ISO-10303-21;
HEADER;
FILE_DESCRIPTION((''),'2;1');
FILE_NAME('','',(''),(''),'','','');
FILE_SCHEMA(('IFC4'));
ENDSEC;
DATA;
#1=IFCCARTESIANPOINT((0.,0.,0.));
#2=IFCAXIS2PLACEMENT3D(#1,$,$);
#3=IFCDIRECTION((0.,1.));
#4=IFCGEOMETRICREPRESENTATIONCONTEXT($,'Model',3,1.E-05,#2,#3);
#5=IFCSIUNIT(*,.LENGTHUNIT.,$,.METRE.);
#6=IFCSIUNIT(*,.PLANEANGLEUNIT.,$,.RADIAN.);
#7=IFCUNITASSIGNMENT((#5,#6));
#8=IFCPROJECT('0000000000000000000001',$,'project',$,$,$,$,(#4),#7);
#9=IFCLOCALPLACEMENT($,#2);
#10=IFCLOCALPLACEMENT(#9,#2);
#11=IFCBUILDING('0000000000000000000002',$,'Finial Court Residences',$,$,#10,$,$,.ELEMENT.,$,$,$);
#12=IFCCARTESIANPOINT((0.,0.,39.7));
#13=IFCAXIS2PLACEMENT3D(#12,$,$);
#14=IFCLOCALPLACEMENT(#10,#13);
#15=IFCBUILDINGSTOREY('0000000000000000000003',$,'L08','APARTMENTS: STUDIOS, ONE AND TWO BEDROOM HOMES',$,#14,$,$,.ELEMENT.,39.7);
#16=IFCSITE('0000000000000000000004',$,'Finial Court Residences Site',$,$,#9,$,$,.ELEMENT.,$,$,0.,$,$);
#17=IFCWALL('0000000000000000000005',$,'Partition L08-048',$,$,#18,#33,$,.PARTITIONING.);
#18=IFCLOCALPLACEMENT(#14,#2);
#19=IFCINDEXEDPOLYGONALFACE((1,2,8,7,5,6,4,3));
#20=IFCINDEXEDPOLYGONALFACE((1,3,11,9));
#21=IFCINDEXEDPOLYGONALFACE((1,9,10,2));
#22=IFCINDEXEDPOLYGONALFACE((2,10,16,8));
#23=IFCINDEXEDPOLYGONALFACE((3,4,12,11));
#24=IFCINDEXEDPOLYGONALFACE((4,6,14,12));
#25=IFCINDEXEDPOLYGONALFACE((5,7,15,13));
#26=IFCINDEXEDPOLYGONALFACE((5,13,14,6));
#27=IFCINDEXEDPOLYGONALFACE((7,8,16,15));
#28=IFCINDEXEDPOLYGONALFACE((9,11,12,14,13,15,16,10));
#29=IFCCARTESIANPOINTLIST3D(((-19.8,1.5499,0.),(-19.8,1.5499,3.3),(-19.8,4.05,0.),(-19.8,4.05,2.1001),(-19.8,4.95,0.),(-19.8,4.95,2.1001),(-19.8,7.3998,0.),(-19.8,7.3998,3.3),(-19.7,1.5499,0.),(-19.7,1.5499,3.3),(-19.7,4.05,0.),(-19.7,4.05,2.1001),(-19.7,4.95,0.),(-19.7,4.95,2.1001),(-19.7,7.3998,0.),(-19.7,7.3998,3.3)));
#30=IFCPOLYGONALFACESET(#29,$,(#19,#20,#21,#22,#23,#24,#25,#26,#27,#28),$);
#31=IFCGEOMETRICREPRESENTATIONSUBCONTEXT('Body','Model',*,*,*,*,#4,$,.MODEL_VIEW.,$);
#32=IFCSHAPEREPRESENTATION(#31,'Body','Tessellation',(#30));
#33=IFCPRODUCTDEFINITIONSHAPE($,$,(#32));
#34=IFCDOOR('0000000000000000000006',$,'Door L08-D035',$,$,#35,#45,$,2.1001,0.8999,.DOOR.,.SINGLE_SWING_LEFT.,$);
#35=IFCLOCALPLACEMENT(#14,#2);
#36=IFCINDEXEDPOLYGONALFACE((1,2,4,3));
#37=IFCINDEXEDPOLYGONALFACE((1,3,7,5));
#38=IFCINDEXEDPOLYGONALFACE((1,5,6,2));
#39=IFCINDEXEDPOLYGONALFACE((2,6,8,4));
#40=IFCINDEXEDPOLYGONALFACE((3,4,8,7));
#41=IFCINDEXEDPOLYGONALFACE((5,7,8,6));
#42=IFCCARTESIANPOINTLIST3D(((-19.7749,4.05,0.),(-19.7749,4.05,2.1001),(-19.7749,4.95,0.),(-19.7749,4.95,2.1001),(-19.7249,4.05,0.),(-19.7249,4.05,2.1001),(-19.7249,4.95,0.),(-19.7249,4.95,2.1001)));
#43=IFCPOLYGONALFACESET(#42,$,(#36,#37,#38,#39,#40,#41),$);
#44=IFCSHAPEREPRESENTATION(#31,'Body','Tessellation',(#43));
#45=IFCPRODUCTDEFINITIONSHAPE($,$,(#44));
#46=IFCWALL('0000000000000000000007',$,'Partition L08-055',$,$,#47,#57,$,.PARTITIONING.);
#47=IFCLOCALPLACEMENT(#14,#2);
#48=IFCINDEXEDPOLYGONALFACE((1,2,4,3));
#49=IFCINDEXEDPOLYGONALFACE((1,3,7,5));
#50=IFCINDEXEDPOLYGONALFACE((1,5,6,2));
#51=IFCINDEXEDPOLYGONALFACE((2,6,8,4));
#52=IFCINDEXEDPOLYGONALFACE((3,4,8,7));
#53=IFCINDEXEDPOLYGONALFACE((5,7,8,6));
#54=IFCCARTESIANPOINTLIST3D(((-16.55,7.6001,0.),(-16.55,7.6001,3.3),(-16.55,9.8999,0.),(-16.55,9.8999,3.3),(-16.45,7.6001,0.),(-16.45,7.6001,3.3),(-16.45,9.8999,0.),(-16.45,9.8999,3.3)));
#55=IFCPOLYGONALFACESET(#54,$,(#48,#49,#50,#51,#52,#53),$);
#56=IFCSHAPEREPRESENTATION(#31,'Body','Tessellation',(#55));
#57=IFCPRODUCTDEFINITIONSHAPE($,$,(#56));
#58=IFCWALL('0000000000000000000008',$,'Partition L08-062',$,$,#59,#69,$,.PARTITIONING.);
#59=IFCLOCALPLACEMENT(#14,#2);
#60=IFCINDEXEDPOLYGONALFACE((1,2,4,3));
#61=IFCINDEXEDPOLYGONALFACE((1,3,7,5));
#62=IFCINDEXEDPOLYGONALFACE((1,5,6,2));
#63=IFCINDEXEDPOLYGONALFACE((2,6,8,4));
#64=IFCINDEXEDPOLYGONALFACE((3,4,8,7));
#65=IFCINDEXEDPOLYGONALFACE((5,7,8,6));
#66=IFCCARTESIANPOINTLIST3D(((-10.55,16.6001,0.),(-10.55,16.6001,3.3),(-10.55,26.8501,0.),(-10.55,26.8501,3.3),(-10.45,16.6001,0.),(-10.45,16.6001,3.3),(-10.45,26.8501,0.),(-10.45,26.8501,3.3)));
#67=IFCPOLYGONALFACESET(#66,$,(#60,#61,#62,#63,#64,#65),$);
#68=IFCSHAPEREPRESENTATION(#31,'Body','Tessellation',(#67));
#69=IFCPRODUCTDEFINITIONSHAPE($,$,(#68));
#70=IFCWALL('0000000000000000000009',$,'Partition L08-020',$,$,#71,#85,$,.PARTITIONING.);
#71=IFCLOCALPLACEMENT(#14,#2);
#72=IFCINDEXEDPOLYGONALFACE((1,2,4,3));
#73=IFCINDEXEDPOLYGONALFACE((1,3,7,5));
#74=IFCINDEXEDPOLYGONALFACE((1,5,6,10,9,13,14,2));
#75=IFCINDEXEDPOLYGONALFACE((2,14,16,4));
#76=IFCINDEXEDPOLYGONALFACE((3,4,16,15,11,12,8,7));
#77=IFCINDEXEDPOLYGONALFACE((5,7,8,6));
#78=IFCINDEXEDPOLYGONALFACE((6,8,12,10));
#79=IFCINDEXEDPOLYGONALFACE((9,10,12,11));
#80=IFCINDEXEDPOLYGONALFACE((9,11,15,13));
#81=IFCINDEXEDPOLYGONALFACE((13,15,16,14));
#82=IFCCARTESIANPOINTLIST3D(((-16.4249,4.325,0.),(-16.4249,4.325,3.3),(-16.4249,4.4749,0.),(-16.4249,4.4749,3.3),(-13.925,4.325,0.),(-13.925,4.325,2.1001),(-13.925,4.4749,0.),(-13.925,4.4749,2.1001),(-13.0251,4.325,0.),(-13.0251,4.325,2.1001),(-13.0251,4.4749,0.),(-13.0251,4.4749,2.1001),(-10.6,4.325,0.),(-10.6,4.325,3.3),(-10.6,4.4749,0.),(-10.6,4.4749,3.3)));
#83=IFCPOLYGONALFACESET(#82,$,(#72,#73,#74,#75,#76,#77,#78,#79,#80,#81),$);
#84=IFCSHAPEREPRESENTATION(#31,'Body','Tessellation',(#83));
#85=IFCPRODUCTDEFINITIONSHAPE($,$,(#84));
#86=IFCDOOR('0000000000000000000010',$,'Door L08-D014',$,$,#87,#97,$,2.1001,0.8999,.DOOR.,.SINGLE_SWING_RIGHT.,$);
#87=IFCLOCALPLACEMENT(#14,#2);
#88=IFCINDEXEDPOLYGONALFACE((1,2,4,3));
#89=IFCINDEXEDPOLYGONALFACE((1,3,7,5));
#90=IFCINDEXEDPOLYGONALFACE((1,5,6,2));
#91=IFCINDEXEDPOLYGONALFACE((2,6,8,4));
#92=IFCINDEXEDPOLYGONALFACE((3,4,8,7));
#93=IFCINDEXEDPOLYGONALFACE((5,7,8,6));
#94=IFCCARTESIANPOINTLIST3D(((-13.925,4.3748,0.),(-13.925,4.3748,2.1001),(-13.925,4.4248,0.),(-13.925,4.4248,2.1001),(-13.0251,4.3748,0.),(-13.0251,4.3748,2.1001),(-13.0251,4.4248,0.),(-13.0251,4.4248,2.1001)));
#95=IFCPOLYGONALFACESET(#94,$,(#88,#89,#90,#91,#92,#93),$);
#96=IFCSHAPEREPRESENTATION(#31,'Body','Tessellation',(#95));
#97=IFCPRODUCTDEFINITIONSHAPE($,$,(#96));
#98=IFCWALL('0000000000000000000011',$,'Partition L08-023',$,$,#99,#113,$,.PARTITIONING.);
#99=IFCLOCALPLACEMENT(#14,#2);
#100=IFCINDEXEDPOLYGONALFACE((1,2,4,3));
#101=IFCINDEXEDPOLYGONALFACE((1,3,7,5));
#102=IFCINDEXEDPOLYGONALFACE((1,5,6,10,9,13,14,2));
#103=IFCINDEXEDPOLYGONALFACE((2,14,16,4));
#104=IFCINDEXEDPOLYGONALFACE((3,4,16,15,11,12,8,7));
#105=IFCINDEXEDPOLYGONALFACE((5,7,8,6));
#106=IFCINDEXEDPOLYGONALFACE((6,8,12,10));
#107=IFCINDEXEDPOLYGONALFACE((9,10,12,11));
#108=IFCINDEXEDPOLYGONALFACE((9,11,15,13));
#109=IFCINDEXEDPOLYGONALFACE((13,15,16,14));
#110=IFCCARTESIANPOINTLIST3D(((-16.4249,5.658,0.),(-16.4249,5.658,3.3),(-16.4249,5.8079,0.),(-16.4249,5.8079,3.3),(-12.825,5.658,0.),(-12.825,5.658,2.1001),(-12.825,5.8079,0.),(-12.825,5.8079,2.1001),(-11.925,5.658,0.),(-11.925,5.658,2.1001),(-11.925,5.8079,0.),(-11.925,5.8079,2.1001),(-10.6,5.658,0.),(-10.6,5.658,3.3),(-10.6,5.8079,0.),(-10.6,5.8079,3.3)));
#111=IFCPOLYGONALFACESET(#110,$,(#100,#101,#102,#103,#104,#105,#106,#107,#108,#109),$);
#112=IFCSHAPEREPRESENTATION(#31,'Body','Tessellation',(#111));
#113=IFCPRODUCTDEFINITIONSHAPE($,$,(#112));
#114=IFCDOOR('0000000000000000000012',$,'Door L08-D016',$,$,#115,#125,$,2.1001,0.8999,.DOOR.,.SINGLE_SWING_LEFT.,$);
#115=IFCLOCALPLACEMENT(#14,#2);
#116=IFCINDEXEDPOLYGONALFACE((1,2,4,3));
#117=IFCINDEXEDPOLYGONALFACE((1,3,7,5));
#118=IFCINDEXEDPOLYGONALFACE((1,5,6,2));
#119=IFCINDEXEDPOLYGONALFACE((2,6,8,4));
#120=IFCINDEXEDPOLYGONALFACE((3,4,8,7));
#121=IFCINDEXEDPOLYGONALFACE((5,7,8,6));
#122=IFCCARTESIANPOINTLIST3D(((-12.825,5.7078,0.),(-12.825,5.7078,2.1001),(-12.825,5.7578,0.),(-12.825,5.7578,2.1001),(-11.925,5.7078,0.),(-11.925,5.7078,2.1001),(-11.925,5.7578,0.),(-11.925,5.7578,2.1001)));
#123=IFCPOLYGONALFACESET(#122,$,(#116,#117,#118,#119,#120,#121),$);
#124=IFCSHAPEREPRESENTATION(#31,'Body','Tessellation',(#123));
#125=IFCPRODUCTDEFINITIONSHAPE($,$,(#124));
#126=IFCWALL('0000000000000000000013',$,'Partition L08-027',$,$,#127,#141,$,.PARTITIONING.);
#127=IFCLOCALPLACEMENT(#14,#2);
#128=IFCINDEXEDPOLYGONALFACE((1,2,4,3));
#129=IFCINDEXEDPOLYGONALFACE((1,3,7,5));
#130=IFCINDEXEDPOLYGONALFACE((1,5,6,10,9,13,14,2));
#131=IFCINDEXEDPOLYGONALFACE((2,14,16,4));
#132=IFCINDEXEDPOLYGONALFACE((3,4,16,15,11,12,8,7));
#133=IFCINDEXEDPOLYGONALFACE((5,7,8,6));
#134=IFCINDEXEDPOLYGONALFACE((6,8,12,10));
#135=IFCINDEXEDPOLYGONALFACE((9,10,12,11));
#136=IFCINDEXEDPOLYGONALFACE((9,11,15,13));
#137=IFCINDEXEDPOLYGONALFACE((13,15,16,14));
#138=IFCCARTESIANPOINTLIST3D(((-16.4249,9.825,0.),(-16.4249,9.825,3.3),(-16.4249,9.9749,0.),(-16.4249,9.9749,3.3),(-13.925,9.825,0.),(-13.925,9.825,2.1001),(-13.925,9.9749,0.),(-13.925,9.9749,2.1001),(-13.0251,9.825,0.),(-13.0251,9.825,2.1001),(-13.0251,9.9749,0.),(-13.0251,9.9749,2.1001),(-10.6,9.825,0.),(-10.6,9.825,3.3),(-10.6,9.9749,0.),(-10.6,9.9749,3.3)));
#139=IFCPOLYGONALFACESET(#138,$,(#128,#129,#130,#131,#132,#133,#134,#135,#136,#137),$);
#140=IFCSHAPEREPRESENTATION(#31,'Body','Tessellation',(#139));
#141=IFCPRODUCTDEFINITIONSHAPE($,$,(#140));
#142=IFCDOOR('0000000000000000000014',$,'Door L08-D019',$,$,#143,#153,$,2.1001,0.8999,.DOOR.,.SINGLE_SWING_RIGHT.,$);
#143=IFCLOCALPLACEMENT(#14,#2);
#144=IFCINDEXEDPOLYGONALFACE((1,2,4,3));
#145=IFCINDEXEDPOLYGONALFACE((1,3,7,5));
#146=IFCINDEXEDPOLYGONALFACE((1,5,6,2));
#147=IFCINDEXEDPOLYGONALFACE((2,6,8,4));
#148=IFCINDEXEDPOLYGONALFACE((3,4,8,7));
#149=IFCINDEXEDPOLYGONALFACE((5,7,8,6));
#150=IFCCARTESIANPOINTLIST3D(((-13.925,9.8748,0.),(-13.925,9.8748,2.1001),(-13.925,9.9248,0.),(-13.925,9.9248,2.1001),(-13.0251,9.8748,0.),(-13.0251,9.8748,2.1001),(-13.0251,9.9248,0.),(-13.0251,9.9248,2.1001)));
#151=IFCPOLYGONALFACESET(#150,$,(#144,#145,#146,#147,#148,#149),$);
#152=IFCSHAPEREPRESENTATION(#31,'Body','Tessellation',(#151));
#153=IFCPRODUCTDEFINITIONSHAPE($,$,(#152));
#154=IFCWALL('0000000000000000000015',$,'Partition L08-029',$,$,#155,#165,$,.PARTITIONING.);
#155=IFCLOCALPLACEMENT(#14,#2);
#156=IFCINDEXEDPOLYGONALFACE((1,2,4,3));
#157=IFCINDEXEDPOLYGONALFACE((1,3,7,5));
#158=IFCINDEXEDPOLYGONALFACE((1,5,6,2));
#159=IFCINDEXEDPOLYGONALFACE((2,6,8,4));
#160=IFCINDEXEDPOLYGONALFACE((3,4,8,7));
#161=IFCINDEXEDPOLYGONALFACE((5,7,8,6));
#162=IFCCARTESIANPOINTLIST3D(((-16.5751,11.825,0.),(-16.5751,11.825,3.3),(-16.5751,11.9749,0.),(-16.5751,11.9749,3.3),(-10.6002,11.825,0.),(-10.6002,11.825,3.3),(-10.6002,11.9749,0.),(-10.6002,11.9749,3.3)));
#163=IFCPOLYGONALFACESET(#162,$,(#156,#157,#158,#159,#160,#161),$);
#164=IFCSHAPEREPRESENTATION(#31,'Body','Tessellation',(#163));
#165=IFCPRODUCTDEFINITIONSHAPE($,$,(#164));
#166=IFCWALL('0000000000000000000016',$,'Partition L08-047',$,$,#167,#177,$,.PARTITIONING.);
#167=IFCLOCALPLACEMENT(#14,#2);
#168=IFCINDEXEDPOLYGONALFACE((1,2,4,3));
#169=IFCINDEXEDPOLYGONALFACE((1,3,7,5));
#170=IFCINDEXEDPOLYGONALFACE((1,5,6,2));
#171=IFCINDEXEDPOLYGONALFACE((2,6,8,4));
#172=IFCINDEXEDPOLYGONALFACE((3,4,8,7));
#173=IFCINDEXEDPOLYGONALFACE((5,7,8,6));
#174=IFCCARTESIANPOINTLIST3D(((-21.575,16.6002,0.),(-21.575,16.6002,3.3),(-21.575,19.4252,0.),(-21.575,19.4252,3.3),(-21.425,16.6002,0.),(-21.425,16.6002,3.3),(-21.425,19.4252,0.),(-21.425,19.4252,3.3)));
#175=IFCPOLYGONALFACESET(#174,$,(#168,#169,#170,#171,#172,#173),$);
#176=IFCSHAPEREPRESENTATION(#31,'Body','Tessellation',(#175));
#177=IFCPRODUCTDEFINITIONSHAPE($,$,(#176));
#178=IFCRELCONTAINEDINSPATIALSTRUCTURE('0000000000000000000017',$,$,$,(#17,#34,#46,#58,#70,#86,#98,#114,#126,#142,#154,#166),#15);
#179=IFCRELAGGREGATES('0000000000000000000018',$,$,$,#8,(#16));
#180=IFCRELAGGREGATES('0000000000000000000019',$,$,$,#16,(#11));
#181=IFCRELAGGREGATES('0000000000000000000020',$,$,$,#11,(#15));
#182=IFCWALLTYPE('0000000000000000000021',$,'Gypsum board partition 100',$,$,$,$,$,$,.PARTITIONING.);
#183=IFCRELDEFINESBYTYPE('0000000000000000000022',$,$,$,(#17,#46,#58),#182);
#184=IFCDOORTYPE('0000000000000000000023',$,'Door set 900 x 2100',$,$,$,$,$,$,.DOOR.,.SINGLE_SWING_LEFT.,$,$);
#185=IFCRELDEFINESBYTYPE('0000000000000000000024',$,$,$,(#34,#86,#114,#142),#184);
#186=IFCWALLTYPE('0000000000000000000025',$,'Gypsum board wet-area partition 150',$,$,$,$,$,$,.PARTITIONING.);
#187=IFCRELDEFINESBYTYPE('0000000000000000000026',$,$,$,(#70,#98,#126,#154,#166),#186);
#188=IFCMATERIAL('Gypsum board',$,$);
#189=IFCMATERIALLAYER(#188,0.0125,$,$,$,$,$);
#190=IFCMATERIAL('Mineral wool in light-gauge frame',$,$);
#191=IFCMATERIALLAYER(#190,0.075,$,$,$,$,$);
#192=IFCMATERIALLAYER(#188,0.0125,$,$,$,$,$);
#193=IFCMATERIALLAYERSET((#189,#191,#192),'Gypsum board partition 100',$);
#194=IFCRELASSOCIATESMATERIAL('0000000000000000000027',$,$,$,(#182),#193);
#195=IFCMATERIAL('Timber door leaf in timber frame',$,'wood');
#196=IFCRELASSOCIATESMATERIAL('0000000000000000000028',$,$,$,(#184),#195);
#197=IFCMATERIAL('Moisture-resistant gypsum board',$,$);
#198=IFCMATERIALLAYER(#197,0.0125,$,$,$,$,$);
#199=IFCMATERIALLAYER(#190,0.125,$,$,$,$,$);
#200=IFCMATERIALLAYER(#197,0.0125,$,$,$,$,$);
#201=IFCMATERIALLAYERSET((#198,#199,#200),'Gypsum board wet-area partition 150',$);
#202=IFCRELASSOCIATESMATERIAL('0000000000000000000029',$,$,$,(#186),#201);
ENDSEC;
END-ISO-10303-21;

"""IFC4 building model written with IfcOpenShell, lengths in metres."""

from ifc_helpers import new_model, si_unit, direction, frame, frame_2d, origin, place, context, subcontext, project, spatial, rectangle, extrude, material, layer, layer_set, type_object, element, fill, save


model = new_model("IFC4")

# Units and contexts
model_context = context("Model", 3, precision=1e-05, world=origin(), true_north=direction((0.0, 1.0)))
body_context = subcontext(model_context, "Body", "Model", "MODEL_VIEW")
ifc_project = project(units=[si_unit("LENGTHUNIT", "METRE"), si_unit("PLANEANGLEUNIT", "RADIAN")], contexts=[model_context])

# Site, building, storey
site_placement = place(None, origin())
site = spatial("IfcSite", under=ifc_project, at=site_placement, Name="Finial Court Residences Site", CompositionType="ELEMENT", RefElevation=0.0)
building_placement = place(site_placement, origin())
building = spatial("IfcBuilding", under=site, at=building_placement, Name="Finial Court Residences", CompositionType="ELEMENT")
storey_placement = place(building_placement, frame((0.0, 0.0, 39.7)))
storey = spatial("IfcBuildingStorey", under=building, at=storey_placement, Name="L08", Description="APARTMENTS: STUDIOS, ONE AND TWO BEDROOM HOMES", CompositionType="ELEMENT", Elevation=39.7)

# Shared definitions
ifc_material_1 = material(Name="Gypsum board")

# Wall, opening, door
ifc_layer_1 = layer(ifc_material_1, 0.0125)
ifc_material_2 = material(Name="Mineral wool in light-gauge frame")
ifc_layer_2 = layer(ifc_material_2, 0.075)
ifc_layer_3 = layer(ifc_material_1, 0.0125)
ifc_layer_set_1 = layer_set([ifc_layer_1, ifc_layer_2, ifc_layer_3], Name="Gypsum board partition 100")
wall_type_1 = type_object("IfcWallType", Name="Gypsum board partition 100", PredefinedType="PARTITIONING", material=ifc_layer_set_1)
wall_1_placement = place(storey_placement, frame((-19.75, 1.55, 0.0), z_axis=(0.0, 0.0, 1.0), x_axis=(0.0, 1.0, 0.0)))
wall_1 = element("IfcWall", 1, at=wall_1_placement, inside=storey, type_object=wall_type_1, Name="Partition L08-048", PredefinedType="PARTITIONING", context=body_context, shape_type="SweptSolid", body=[
    extrude(rectangle(XDim=5.8499, YDim=0.1001, at=frame_2d((2.9248, 0.0))), origin(), (0.0, 0.0, 1.0), 3.3),
])
opening_1_placement = place(wall_1_placement, frame((2.5, 0.0, 0.0)))
opening_1 = element("IfcOpeningElement", 2, at=opening_1_placement, cuts=wall_1, PredefinedType="OPENING", context=body_context, shape_type="SweptSolid", body=[
    extrude(rectangle(XDim=0.8999, YDim=2.1001, at=frame_2d((0.45, 1.05))), frame((0.0, 0.0601, 0.0), z_axis=(0.0, -1.0, 0.0), x_axis=(1.0, 0.0, 0.0)), (0.0, 0.0, 1.0), 0.1201),
])
ifc_material_3 = material(Name="Timber door leaf in timber frame", Category="wood")
door_type = type_object("IfcDoorType", Name="Door set 900 x 2100", OperationType="SINGLE_SWING_LEFT", PredefinedType="DOOR", material=ifc_material_3)
door_1_placement = place(opening_1_placement, origin())
door_1 = element("IfcDoor", 3, at=door_1_placement, inside=storey, type_object=door_type, Name="Door L08-D035", OperationType="SINGLE_SWING_LEFT", OverallHeight=2.1001, OverallWidth=0.8999, PredefinedType="DOOR", context=body_context, shape_type="SweptSolid", body=[
    extrude(rectangle(XDim=0.8999, YDim=2.1001, at=frame_2d((0.45, 1.05))), frame((0.0, 0.0249, 0.0), z_axis=(0.0, -1.0, 0.0), x_axis=(1.0, 0.0, 0.0)), (0.0, 0.0, 1.0), 0.05),
])
fill(opening_1, door_1)

# Walls
wall_2_placement = place(storey_placement, frame((-16.5, 7.6001, 0.0), z_axis=(0.0, 0.0, 1.0), x_axis=(0.0, 1.0, 0.0)))
element("IfcWall", 4, at=wall_2_placement, inside=storey, type_object=wall_type_1, Name="Partition L08-055", PredefinedType="PARTITIONING", context=body_context, shape_type="SweptSolid", body=[
    extrude(rectangle(XDim=2.2998, YDim=0.1001, at=frame_2d((1.1499, 0.0))), origin(), (0.0, 0.0, 1.0), 3.3),
])
wall_3_placement = place(storey_placement, frame((-10.5, 16.6001, 0.0), z_axis=(0.0, 0.0, 1.0), x_axis=(0.0, 1.0, 0.0)))
element("IfcWall", 5, at=wall_3_placement, inside=storey, type_object=wall_type_1, Name="Partition L08-062", PredefinedType="PARTITIONING", context=body_context, shape_type="SweptSolid", body=[
    extrude(rectangle(XDim=10.25, YDim=0.1001, at=frame_2d((5.125, 0.0))), origin(), (0.0, 0.0, 1.0), 3.3),
])

# Walls, openings, doors
ifc_material_4 = material(Name="Moisture-resistant gypsum board")
ifc_layer_4 = layer(ifc_material_4, 0.0125)
ifc_layer_5 = layer(ifc_material_2, 0.125)
ifc_layer_6 = layer(ifc_material_4, 0.0125)
ifc_layer_set_2 = layer_set([ifc_layer_4, ifc_layer_5, ifc_layer_6], Name="Gypsum board wet-area partition 150")
wall_type_2 = type_object("IfcWallType", Name="Gypsum board wet-area partition 150", PredefinedType="PARTITIONING", material=ifc_layer_set_2)
wall_4_placement = place(storey_placement, frame((-16.425, 4.3999, 0.0), z_axis=(0.0, 0.0, 1.0), x_axis=(1.0, 0.0, 0.0)))
wall_4 = element("IfcWall", 6, at=wall_4_placement, inside=storey, type_object=wall_type_2, Name="Partition L08-020", PredefinedType="PARTITIONING", context=body_context, shape_type="SweptSolid", body=[
    extrude(rectangle(XDim=5.825, YDim=0.1499, at=frame_2d((2.9126, 0.0))), origin(), (0.0, 0.0, 1.0), 3.3),
])
opening_2_placement = place(wall_4_placement, frame((2.5, 0.0, 0.0)))
opening_2 = element("IfcOpeningElement", 7, at=opening_2_placement, cuts=wall_4, PredefinedType="OPENING", context=body_context, shape_type="SweptSolid", body=[
    extrude(rectangle(XDim=0.8999, YDim=2.1001, at=frame_2d((0.45, 1.05))), frame((0.0, 0.085, 0.0), z_axis=(0.0, -1.0, 0.0), x_axis=(1.0, 0.0, 0.0)), (0.0, 0.0, 1.0), 0.1699),
])
door_2_placement = place(opening_2_placement, origin())
door_2 = element("IfcDoor", 8, at=door_2_placement, inside=storey, type_object=door_type, Name="Door L08-D014", OperationType="SINGLE_SWING_RIGHT", OverallHeight=2.1001, OverallWidth=0.8999, PredefinedType="DOOR", context=body_context, shape_type="SweptSolid", body=[
    extrude(rectangle(XDim=0.8999, YDim=2.1001, at=frame_2d((0.45, 1.05))), frame((0.0, 0.0249, 0.0), z_axis=(0.0, -1.0, 0.0), x_axis=(1.0, 0.0, 0.0)), (0.0, 0.0, 1.0), 0.05),
])
fill(opening_2, door_2)
wall_5_placement = place(storey_placement, frame((-16.425, 5.7329, 0.0), z_axis=(0.0, 0.0, 1.0), x_axis=(1.0, 0.0, 0.0)))
wall_5 = element("IfcWall", 9, at=wall_5_placement, inside=storey, type_object=wall_type_2, Name="Partition L08-023", PredefinedType="PARTITIONING", context=body_context, shape_type="SweptSolid", body=[
    extrude(rectangle(XDim=5.825, YDim=0.1499, at=frame_2d((2.9126, 0.0))), origin(), (0.0, 0.0, 1.0), 3.3),
])
opening_3_placement = place(wall_5_placement, frame((3.6001, 0.0, 0.0)))
opening_3 = element("IfcOpeningElement", 10, at=opening_3_placement, cuts=wall_5, PredefinedType="OPENING", context=body_context, shape_type="SweptSolid", body=[
    extrude(rectangle(XDim=0.8999, YDim=2.1001, at=frame_2d((0.45, 1.05))), frame((0.0, 0.085, 0.0), z_axis=(0.0, -1.0, 0.0), x_axis=(1.0, 0.0, 0.0)), (0.0, 0.0, 1.0), 0.1699),
])
door_3_placement = place(opening_3_placement, origin())
door_3 = element("IfcDoor", 11, at=door_3_placement, inside=storey, type_object=door_type, Name="Door L08-D016", OperationType="SINGLE_SWING_LEFT", OverallHeight=2.1001, OverallWidth=0.8999, PredefinedType="DOOR", context=body_context, shape_type="SweptSolid", body=[
    extrude(rectangle(XDim=0.8999, YDim=2.1001, at=frame_2d((0.45, 1.05))), frame((0.0, 0.0249, 0.0), z_axis=(0.0, -1.0, 0.0), x_axis=(1.0, 0.0, 0.0)), (0.0, 0.0, 1.0), 0.05),
])
fill(opening_3, door_3)
wall_6_placement = place(storey_placement, frame((-16.425, 9.8999, 0.0), z_axis=(0.0, 0.0, 1.0), x_axis=(1.0, 0.0, 0.0)))
wall_6 = element("IfcWall", 12, at=wall_6_placement, inside=storey, type_object=wall_type_2, Name="Partition L08-027", PredefinedType="PARTITIONING", context=body_context, shape_type="SweptSolid", body=[
    extrude(rectangle(XDim=5.825, YDim=0.1499, at=frame_2d((2.9126, 0.0))), origin(), (0.0, 0.0, 1.0), 3.3),
])
opening_4_placement = place(wall_6_placement, frame((2.5, 0.0, 0.0)))
opening_4 = element("IfcOpeningElement", 13, at=opening_4_placement, cuts=wall_6, PredefinedType="OPENING", context=body_context, shape_type="SweptSolid", body=[
    extrude(rectangle(XDim=0.8999, YDim=2.1001, at=frame_2d((0.45, 1.05))), frame((0.0, 0.085, 0.0), z_axis=(0.0, -1.0, 0.0), x_axis=(1.0, 0.0, 0.0)), (0.0, 0.0, 1.0), 0.1699),
])
door_4_placement = place(opening_4_placement, origin())
door_4 = element("IfcDoor", 14, at=door_4_placement, inside=storey, type_object=door_type, Name="Door L08-D019", OperationType="SINGLE_SWING_RIGHT", OverallHeight=2.1001, OverallWidth=0.8999, PredefinedType="DOOR", context=body_context, shape_type="SweptSolid", body=[
    extrude(rectangle(XDim=0.8999, YDim=2.1001, at=frame_2d((0.45, 1.05))), frame((0.0, 0.0249, 0.0), z_axis=(0.0, -1.0, 0.0), x_axis=(1.0, 0.0, 0.0)), (0.0, 0.0, 1.0), 0.05),
])
fill(opening_4, door_4)

# Walls
wall_7_placement = place(storey_placement, frame((-16.575, 11.8999, 0.0), z_axis=(0.0, 0.0, 1.0), x_axis=(1.0, 0.0, 0.0)))
element("IfcWall", 15, at=wall_7_placement, inside=storey, type_object=wall_type_2, Name="Partition L08-029", PredefinedType="PARTITIONING", context=body_context, shape_type="SweptSolid", body=[
    extrude(rectangle(XDim=5.9749, YDim=0.1499, at=frame_2d((2.9873, 0.0))), origin(), (0.0, 0.0, 1.0), 3.3),
])
wall_8_placement = place(storey_placement, frame((-21.5, 16.6001, 0.0), z_axis=(0.0, 0.0, 1.0), x_axis=(0.0, 1.0, 0.0)))
element("IfcWall", 16, at=wall_8_placement, inside=storey, type_object=wall_type_2, Name="Partition L08-047", PredefinedType="PARTITIONING", context=body_context, shape_type="SweptSolid", body=[
    extrude(rectangle(XDim=2.825, YDim=0.1499, at=frame_2d((1.4126, 0.0))), origin(), (0.0, 0.0, 1.0), 3.3),
])

save(model, "model.ifc")
